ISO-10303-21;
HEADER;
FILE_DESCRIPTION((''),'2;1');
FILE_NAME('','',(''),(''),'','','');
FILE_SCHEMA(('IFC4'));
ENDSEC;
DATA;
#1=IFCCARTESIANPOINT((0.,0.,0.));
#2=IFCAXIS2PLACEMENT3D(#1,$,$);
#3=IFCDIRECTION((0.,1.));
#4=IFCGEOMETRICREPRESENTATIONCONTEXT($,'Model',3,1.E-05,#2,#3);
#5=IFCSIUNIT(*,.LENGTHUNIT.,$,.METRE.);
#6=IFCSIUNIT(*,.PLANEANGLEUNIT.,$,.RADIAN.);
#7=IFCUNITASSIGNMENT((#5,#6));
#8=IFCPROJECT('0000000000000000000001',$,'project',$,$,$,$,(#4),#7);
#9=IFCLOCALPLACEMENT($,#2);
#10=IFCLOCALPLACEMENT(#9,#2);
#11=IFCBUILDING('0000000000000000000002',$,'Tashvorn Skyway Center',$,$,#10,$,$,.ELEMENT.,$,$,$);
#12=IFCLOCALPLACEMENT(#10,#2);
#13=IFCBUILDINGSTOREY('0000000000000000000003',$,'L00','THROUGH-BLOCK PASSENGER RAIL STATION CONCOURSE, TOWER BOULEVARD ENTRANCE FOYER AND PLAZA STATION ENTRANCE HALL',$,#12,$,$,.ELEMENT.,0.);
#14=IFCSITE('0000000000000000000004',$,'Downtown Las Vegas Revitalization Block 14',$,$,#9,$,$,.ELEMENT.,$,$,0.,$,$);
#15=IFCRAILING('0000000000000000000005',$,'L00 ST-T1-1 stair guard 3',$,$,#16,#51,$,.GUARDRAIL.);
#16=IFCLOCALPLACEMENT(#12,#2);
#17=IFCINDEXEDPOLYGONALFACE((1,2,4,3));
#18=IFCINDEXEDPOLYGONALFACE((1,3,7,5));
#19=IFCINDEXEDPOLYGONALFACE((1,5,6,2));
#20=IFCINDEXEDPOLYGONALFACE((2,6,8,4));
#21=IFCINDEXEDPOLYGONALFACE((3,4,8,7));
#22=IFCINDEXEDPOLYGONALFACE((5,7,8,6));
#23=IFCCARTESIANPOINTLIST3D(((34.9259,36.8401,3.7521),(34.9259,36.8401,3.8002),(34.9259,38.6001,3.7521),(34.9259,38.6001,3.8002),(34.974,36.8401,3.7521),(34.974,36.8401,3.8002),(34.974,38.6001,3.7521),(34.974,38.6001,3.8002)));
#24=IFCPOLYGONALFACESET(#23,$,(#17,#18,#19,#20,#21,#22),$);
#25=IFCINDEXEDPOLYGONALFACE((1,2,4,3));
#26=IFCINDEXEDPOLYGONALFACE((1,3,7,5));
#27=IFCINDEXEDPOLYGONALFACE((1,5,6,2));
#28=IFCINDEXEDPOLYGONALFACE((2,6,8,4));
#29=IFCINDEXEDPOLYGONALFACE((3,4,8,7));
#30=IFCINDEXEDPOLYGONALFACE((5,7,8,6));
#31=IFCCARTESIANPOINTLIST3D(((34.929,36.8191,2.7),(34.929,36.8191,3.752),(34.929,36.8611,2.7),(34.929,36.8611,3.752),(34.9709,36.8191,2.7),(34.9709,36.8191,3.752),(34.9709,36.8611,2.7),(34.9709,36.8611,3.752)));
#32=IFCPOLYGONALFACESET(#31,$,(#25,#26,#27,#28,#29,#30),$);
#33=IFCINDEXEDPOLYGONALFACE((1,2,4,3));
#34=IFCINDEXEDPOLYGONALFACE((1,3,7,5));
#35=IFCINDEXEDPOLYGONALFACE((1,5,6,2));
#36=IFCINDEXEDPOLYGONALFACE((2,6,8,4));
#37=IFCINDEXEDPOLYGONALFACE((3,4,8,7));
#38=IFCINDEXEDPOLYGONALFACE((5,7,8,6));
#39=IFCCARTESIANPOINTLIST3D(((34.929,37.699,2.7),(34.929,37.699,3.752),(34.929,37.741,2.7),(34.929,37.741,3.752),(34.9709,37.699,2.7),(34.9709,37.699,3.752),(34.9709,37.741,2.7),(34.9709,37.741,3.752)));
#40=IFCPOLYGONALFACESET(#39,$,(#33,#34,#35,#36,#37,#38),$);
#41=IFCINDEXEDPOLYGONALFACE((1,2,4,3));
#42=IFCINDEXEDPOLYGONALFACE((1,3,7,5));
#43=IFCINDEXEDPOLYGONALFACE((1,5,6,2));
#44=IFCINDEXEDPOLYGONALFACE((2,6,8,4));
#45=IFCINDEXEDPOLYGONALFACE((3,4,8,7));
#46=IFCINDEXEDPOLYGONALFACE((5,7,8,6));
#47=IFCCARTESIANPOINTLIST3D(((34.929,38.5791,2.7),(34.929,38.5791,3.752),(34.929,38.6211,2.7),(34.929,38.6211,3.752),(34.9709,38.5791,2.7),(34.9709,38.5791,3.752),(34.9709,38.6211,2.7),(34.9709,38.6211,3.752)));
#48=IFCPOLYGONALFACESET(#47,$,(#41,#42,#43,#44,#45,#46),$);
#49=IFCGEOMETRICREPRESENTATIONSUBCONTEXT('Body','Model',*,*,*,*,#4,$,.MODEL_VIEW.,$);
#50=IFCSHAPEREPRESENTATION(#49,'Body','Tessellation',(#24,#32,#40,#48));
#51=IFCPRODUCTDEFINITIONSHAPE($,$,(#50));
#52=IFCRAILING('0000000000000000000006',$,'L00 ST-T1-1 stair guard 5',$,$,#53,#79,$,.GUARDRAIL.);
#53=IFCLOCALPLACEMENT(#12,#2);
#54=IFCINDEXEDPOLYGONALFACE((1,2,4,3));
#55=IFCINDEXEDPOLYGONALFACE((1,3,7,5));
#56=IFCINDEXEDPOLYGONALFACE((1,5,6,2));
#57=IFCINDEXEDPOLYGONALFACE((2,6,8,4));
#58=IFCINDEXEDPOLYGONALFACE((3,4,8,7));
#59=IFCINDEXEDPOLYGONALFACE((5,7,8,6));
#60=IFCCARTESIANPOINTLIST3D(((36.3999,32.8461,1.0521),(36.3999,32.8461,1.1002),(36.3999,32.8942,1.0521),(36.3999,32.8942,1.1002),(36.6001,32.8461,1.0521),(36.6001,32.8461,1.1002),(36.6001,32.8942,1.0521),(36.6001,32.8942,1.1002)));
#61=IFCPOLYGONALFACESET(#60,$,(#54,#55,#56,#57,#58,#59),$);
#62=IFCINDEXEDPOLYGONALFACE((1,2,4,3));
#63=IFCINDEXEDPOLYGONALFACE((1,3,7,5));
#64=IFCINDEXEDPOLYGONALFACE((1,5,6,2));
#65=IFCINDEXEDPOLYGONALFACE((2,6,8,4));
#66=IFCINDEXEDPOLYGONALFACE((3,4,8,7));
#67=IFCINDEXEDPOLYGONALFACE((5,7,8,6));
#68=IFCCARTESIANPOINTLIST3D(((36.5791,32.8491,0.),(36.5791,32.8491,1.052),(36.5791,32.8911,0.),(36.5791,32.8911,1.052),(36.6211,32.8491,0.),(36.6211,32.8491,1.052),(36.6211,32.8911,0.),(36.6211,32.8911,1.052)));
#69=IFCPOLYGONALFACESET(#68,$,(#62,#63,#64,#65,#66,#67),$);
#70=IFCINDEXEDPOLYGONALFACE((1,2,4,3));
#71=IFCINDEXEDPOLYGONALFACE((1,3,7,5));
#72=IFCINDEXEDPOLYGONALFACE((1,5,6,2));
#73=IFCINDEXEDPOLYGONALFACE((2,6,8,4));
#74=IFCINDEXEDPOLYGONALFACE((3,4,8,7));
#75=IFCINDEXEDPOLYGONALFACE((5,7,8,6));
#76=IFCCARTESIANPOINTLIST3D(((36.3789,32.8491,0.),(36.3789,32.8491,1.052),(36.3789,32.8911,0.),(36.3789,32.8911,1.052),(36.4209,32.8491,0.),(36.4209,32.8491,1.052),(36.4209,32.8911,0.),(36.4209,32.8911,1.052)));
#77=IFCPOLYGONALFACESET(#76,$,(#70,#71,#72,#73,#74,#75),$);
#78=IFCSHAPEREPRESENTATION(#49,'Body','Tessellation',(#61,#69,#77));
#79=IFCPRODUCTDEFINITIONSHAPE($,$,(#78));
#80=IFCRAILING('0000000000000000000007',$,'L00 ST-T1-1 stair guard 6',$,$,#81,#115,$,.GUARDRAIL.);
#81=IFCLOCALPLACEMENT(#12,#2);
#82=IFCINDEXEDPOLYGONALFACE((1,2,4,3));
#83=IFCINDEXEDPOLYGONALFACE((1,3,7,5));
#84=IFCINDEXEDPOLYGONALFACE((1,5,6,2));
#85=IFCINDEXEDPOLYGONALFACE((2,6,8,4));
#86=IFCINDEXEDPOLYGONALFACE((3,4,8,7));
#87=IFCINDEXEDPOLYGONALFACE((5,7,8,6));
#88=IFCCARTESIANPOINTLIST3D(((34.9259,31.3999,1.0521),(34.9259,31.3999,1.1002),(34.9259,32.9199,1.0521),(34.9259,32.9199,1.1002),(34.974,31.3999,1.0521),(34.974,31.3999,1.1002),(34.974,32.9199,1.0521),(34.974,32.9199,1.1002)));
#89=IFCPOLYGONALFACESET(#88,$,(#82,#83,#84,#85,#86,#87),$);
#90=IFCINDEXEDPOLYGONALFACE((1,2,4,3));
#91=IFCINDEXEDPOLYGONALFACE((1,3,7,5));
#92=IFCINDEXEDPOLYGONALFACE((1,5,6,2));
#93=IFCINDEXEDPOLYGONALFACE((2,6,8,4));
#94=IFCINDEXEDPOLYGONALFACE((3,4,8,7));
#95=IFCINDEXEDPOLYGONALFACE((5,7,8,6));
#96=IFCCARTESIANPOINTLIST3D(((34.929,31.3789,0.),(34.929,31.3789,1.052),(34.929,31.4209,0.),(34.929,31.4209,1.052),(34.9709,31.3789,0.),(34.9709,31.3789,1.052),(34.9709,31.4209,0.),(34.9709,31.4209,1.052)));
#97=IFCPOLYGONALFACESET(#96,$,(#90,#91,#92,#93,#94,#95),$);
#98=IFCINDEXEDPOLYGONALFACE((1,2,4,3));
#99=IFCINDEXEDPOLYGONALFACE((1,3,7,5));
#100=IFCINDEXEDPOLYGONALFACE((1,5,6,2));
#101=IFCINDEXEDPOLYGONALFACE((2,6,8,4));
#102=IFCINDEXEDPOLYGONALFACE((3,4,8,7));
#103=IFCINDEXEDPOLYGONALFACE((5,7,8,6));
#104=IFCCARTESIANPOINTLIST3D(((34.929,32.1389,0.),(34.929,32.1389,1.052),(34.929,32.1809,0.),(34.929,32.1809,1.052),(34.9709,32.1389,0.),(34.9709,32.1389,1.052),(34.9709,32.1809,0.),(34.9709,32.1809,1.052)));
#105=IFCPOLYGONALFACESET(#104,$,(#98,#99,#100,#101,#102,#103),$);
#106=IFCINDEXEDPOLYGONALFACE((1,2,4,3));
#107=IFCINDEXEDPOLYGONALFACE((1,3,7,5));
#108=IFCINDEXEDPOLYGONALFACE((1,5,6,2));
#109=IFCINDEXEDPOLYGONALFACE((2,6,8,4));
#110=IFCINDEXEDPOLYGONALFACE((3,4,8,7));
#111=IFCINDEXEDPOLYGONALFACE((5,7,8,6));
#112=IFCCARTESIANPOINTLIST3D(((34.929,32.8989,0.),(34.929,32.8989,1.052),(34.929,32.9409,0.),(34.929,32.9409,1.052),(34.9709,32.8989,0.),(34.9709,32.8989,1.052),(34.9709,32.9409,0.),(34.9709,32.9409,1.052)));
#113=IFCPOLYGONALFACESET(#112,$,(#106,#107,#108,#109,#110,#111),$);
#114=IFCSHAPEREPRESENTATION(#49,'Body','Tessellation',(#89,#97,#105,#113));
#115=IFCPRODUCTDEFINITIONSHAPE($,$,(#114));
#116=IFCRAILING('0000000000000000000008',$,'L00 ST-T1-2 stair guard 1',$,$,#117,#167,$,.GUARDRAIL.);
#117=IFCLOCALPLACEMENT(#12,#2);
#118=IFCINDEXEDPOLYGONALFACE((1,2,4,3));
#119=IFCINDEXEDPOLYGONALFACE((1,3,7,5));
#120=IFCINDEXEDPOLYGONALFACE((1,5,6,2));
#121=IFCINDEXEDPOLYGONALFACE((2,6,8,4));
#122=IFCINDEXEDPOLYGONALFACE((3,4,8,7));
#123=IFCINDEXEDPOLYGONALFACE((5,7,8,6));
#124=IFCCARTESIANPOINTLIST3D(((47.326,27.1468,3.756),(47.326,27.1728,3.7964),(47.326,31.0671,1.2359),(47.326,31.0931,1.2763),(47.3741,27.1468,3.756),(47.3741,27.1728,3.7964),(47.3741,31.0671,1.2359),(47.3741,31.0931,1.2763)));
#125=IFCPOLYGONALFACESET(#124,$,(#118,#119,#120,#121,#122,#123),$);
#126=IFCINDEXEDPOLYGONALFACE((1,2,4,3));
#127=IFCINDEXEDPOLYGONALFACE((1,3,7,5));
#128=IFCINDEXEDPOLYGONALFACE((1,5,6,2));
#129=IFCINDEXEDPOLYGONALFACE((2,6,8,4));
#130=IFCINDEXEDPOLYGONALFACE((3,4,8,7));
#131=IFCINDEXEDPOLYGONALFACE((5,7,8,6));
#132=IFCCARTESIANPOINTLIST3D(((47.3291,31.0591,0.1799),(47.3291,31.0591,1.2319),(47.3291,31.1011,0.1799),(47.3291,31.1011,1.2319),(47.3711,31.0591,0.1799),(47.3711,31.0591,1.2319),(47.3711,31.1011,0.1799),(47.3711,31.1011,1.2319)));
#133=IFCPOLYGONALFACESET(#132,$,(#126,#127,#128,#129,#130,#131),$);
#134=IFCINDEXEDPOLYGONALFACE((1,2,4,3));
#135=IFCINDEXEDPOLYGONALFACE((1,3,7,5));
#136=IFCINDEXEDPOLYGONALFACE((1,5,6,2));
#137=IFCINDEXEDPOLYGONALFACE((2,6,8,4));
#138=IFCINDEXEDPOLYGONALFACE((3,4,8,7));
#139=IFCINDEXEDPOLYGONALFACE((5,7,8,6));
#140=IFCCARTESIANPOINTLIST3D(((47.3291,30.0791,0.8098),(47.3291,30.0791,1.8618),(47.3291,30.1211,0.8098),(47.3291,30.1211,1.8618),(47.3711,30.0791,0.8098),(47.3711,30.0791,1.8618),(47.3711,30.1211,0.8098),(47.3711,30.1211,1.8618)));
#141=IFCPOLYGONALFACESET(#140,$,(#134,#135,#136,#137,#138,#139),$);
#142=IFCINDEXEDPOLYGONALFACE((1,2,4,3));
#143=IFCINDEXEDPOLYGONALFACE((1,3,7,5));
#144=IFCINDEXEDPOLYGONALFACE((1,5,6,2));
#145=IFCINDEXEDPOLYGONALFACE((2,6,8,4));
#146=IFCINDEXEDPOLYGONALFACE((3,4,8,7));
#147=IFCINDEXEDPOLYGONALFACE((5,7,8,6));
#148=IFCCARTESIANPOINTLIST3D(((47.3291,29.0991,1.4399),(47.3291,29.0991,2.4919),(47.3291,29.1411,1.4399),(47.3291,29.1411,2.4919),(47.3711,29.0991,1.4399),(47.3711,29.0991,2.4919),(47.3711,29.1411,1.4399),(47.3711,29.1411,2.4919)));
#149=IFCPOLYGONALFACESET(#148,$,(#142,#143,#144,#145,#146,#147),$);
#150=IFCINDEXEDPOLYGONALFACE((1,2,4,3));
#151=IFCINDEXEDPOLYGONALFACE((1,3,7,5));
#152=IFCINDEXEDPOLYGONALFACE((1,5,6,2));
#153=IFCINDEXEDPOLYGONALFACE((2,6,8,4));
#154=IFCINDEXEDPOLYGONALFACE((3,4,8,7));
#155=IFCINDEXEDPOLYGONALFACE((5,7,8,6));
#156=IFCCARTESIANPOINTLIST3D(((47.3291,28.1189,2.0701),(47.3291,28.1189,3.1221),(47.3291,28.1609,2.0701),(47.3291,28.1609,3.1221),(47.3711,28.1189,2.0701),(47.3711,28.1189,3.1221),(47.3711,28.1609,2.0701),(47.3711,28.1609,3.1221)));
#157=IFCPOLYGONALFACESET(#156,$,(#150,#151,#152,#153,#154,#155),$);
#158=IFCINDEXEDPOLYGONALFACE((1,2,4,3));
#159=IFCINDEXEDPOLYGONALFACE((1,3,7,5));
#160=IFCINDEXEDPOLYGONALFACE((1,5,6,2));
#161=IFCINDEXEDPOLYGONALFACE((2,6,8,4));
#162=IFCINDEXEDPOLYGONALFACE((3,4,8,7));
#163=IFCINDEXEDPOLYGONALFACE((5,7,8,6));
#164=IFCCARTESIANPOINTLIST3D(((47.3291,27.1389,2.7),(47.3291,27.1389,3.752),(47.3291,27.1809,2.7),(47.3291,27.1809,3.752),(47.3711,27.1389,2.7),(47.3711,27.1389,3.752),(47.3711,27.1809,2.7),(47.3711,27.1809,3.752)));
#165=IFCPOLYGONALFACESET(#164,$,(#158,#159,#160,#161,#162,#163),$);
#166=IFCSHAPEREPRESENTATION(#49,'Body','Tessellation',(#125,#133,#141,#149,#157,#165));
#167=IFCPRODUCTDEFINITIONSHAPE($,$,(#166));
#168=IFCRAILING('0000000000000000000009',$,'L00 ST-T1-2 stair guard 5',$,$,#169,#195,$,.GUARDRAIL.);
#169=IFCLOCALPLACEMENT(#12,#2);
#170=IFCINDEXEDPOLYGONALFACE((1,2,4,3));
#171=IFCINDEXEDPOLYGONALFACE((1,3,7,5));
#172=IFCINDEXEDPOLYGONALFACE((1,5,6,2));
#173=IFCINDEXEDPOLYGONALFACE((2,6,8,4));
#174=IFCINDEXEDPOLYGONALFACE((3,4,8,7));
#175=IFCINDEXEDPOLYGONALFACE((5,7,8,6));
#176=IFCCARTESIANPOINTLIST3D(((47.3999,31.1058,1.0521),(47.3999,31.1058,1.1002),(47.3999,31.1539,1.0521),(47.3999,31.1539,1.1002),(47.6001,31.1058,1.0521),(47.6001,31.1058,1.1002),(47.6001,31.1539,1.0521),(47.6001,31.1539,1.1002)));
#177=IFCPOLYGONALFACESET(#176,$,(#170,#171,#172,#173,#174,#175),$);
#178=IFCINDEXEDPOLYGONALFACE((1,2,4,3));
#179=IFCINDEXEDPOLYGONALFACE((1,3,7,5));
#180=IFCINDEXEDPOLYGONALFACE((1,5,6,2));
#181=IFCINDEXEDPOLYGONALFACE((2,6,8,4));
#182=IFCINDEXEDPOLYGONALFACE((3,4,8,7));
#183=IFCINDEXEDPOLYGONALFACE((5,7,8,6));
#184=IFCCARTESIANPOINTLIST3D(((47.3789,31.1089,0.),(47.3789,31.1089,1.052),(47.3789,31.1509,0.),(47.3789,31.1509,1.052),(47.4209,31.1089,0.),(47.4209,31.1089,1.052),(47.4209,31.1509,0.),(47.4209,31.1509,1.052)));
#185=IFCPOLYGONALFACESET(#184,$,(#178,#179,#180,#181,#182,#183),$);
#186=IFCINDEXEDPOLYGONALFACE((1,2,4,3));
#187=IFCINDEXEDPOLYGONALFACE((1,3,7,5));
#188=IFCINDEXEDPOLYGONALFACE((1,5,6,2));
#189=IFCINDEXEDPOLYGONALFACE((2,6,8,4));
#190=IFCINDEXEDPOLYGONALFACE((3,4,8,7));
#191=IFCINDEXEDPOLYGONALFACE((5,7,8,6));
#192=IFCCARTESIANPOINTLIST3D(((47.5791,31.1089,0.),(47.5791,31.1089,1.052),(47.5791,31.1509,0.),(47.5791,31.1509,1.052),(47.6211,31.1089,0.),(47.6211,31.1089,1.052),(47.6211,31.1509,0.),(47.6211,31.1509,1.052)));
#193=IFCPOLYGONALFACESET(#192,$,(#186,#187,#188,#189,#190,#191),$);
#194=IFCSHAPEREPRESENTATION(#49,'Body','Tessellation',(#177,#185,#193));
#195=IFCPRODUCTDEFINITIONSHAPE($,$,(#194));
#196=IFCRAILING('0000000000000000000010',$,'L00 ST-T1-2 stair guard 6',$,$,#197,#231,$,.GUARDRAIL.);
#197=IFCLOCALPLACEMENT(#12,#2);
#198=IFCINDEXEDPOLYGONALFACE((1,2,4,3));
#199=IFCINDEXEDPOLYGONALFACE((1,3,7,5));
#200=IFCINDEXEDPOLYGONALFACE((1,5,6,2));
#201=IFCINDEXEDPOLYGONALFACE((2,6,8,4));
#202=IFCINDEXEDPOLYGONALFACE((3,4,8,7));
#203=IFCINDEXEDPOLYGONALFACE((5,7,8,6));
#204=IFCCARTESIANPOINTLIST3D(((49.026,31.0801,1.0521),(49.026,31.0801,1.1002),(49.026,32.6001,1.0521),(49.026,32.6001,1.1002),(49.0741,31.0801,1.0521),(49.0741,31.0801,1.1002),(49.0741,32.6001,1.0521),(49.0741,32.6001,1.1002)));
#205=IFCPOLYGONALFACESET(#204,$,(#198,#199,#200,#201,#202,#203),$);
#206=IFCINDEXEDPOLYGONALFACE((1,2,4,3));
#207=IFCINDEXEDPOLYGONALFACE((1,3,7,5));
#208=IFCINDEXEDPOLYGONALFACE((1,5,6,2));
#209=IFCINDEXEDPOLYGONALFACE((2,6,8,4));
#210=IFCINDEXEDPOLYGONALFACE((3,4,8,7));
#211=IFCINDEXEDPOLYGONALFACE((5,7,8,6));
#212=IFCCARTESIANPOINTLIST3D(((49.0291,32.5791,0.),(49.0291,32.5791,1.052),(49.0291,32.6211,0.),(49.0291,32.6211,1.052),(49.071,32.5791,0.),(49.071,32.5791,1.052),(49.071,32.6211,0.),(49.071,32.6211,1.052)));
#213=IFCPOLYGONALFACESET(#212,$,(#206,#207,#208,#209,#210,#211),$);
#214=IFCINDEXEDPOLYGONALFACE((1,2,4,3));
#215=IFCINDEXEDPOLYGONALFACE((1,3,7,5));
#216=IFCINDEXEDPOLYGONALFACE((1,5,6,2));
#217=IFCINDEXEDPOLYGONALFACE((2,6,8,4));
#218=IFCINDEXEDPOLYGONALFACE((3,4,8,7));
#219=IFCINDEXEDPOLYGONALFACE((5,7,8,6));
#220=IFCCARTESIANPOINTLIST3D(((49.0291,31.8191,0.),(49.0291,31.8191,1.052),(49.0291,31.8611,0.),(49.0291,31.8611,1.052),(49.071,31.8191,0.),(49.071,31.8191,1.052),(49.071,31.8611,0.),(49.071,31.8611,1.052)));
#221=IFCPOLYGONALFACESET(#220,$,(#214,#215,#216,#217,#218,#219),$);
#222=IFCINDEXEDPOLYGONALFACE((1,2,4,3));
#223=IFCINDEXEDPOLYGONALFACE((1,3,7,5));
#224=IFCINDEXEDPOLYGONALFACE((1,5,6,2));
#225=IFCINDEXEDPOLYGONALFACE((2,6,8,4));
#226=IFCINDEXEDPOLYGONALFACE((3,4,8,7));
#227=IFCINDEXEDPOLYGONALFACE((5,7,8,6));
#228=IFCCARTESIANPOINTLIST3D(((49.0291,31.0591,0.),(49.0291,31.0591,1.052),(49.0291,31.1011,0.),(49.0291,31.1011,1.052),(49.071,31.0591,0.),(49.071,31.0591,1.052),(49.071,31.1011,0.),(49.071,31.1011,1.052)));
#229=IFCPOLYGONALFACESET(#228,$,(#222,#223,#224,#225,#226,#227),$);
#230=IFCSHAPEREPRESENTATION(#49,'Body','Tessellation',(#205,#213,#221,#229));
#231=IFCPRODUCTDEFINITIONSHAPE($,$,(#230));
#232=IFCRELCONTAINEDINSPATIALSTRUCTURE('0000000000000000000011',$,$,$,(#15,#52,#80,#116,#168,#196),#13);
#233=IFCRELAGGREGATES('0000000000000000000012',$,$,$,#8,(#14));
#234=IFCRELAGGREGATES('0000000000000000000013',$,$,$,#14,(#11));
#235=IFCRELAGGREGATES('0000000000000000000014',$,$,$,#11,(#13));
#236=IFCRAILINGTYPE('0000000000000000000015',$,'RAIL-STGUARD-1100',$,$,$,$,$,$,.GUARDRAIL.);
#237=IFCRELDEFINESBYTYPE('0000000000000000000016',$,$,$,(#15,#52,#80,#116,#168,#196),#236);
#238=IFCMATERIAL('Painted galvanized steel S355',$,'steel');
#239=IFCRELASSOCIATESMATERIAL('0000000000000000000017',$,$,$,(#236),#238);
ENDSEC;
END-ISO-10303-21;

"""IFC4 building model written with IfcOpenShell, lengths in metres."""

from ifc_helpers import new_model, si_unit, direction, frame, origin, origin_2d, place, context, subcontext, project, spatial, rectangle, extrude, material, type_object, element, save


model = new_model("IFC4")

# Units and contexts
model_context = context("Model", 3, precision=1e-05, world=origin(), true_north=direction((0.0, 1.0)))
body_context = subcontext(model_context, "Body", "Model", "MODEL_VIEW")
ifc_project = project(units=[si_unit("LENGTHUNIT", "METRE"), si_unit("PLANEANGLEUNIT", "RADIAN")], contexts=[model_context])

# Site, building, storey
site_placement = place(None, origin())
site = spatial("IfcSite", under=ifc_project, at=site_placement, Name="Downtown Las Vegas Revitalization Block 14", CompositionType="ELEMENT", RefElevation=0.0)
building_placement = place(site_placement, origin())
building = spatial("IfcBuilding", under=site, at=building_placement, Name="Tashvorn Skyway Center", CompositionType="ELEMENT")
storey_placement = place(building_placement, origin())
storey = spatial("IfcBuildingStorey", under=building, at=storey_placement, Name="L00", Description="THROUGH-BLOCK PASSENGER RAIL STATION CONCOURSE, TOWER BOULEVARD ENTRANCE FOYER AND PLAZA STATION ENTRANCE HALL", CompositionType="ELEMENT", Elevation=0.0)

# Railings
ifc_material_1 = material(Name="Painted galvanized steel S355", Category="steel")
railing_type_1 = type_object("IfcRailingType", Name="RAIL-STGUARD-1100", PredefinedType="GUARDRAIL", material=ifc_material_1)
railing_1_placement = place(storey_placement, frame((34.95, 36.8401, 2.7)))
element("IfcRailing", 1, at=railing_1_placement, inside=storey, type_object=railing_type_1, Name="L00 ST-T1-1 stair guard 3", PredefinedType="GUARDRAIL", context=body_context, shape_type="SweptSolid", body=[
    extrude(rectangle(XDim=0.0481, YDim=0.0481, at=origin_2d()), frame((0.0, 0.0, 1.0762), z_axis=(0.0, 1.0, 0.0), x_axis=(-1.0, 0.0, 0.0)), (0.0, 0.0, 1.0), 1.76),
    extrude(rectangle(XDim=0.042, YDim=0.042, at=origin_2d()), origin(), (0.0, 0.0, 1.0), 1.052),
    extrude(rectangle(XDim=0.042, YDim=0.042, at=origin_2d()), frame((0.0, 0.8799, 0.0)), (0.0, 0.0, 1.0), 1.052),
    extrude(rectangle(XDim=0.042, YDim=0.042, at=origin_2d()), frame((0.0, 1.76, 0.0)), (0.0, 0.0, 1.0), 1.052),
])
railing_2_placement = place(storey_placement, frame((36.6001, 32.8701, 0.0)))
element("IfcRailing", 2, at=railing_2_placement, inside=storey, type_object=railing_type_1, Name="L00 ST-T1-1 stair guard 5", PredefinedType="GUARDRAIL", context=body_context, shape_type="SweptSolid", body=[
    extrude(rectangle(XDim=0.0481, YDim=0.0481, at=origin_2d()), frame((0.0, 0.0, 1.0762), z_axis=(-1.0, 0.0, 0.0), x_axis=(0.0, -1.0, 0.0)), (0.0, 0.0, 1.0), 0.2002),
    extrude(rectangle(XDim=0.042, YDim=0.042, at=origin_2d()), origin(), (0.0, 0.0, 1.0), 1.052),
    extrude(rectangle(XDim=0.042, YDim=0.042, at=origin_2d()), frame((-0.2002, 0.0, 0.0)), (0.0, 0.0, 1.0), 1.052),
])
railing_3_placement = place(storey_placement, frame((34.95, 31.3999, 0.0)))
element("IfcRailing", 3, at=railing_3_placement, inside=storey, type_object=railing_type_1, Name="L00 ST-T1-1 stair guard 6", PredefinedType="GUARDRAIL", context=body_context, shape_type="SweptSolid", body=[
    extrude(rectangle(XDim=0.0481, YDim=0.0481, at=origin_2d()), frame((0.0, 0.0, 1.0762), z_axis=(0.0, 1.0, 0.0), x_axis=(-1.0, 0.0, 0.0)), (0.0, 0.0, 1.0), 1.52),
    extrude(rectangle(XDim=0.042, YDim=0.042, at=origin_2d()), origin(), (0.0, 0.0, 1.0), 1.052),
    extrude(rectangle(XDim=0.042, YDim=0.042, at=origin_2d()), frame((0.0, 0.76, 0.0)), (0.0, 0.0, 1.0), 1.052),
    extrude(rectangle(XDim=0.042, YDim=0.042, at=origin_2d()), frame((0.0, 1.52, 0.0)), (0.0, 0.0, 1.0), 1.052),
])
railing_4_placement = place(storey_placement, frame((47.3501, 31.0801, 0.1799)))
element("IfcRailing", 4, at=railing_4_placement, inside=storey, type_object=railing_type_1, Name="L00 ST-T1-2 stair guard 1", PredefinedType="GUARDRAIL", context=body_context, shape_type="SweptSolid", body=[
    extrude(rectangle(XDim=0.0481, YDim=0.0481, at=origin_2d()), frame((0.0, 0.0, 1.0762), z_axis=(0.0, -0.841187, 0.540744), x_axis=(1.0, 0.0, 0.0)), (0.0, 0.0, 1.0), 4.6604),
    extrude(rectangle(XDim=0.042, YDim=0.042, at=origin_2d()), origin(), (0.0, 0.0, 1.0), 1.052),
    extrude(rectangle(XDim=0.042, YDim=0.042, at=origin_2d()), frame((0.0, -0.98, 0.6299)), (0.0, 0.0, 1.0), 1.052),
    extrude(rectangle(XDim=0.042, YDim=0.042, at=origin_2d()), frame((0.0, -1.96, 1.26)), (0.0, 0.0, 1.0), 1.052),
    extrude(rectangle(XDim=0.042, YDim=0.042, at=origin_2d()), frame((0.0, -2.9402, 1.8901)), (0.0, 0.0, 1.0), 1.052),
    extrude(rectangle(XDim=0.042, YDim=0.042, at=origin_2d()), frame((0.0, -3.9202, 2.52)), (0.0, 0.0, 1.0), 1.052),
])
railing_5_placement = place(storey_placement, frame((47.3999, 31.1299, 0.0)))
element("IfcRailing", 5, at=railing_5_placement, inside=storey, type_object=railing_type_1, Name="L00 ST-T1-2 stair guard 5", PredefinedType="GUARDRAIL", context=body_context, shape_type="SweptSolid", body=[
    extrude(rectangle(XDim=0.0481, YDim=0.0481, at=origin_2d()), frame((0.0, 0.0, 1.0762), z_axis=(1.0, 0.0, 0.0), x_axis=(0.0, 1.0, 0.0)), (0.0, 0.0, 1.0), 0.2002),
    extrude(rectangle(XDim=0.042, YDim=0.042, at=origin_2d()), origin(), (0.0, 0.0, 1.0), 1.052),
    extrude(rectangle(XDim=0.042, YDim=0.042, at=origin_2d()), frame((0.2002, 0.0, 0.0)), (0.0, 0.0, 1.0), 1.052),
])
railing_6_placement = place(storey_placement, frame((49.05, 32.6001, 0.0)))
element("IfcRailing", 6, at=railing_6_placement, inside=storey, type_object=railing_type_1, Name="L00 ST-T1-2 stair guard 6", PredefinedType="GUARDRAIL", context=body_context, shape_type="SweptSolid", body=[
    extrude(rectangle(XDim=0.0481, YDim=0.0481, at=origin_2d()), frame((0.0, 0.0, 1.0762), z_axis=(0.0, -1.0, 0.0), x_axis=(1.0, 0.0, 0.0)), (0.0, 0.0, 1.0), 1.52),
    extrude(rectangle(XDim=0.042, YDim=0.042, at=origin_2d()), origin(), (0.0, 0.0, 1.0), 1.052),
    extrude(rectangle(XDim=0.042, YDim=0.042, at=origin_2d()), frame((0.0, -0.76, 0.0)), (0.0, 0.0, 1.0), 1.052),
    extrude(rectangle(XDim=0.042, YDim=0.042, at=origin_2d()), frame((0.0, -1.52, 0.0)), (0.0, 0.0, 1.0), 1.052),
])

save(model, "model.ifc")
